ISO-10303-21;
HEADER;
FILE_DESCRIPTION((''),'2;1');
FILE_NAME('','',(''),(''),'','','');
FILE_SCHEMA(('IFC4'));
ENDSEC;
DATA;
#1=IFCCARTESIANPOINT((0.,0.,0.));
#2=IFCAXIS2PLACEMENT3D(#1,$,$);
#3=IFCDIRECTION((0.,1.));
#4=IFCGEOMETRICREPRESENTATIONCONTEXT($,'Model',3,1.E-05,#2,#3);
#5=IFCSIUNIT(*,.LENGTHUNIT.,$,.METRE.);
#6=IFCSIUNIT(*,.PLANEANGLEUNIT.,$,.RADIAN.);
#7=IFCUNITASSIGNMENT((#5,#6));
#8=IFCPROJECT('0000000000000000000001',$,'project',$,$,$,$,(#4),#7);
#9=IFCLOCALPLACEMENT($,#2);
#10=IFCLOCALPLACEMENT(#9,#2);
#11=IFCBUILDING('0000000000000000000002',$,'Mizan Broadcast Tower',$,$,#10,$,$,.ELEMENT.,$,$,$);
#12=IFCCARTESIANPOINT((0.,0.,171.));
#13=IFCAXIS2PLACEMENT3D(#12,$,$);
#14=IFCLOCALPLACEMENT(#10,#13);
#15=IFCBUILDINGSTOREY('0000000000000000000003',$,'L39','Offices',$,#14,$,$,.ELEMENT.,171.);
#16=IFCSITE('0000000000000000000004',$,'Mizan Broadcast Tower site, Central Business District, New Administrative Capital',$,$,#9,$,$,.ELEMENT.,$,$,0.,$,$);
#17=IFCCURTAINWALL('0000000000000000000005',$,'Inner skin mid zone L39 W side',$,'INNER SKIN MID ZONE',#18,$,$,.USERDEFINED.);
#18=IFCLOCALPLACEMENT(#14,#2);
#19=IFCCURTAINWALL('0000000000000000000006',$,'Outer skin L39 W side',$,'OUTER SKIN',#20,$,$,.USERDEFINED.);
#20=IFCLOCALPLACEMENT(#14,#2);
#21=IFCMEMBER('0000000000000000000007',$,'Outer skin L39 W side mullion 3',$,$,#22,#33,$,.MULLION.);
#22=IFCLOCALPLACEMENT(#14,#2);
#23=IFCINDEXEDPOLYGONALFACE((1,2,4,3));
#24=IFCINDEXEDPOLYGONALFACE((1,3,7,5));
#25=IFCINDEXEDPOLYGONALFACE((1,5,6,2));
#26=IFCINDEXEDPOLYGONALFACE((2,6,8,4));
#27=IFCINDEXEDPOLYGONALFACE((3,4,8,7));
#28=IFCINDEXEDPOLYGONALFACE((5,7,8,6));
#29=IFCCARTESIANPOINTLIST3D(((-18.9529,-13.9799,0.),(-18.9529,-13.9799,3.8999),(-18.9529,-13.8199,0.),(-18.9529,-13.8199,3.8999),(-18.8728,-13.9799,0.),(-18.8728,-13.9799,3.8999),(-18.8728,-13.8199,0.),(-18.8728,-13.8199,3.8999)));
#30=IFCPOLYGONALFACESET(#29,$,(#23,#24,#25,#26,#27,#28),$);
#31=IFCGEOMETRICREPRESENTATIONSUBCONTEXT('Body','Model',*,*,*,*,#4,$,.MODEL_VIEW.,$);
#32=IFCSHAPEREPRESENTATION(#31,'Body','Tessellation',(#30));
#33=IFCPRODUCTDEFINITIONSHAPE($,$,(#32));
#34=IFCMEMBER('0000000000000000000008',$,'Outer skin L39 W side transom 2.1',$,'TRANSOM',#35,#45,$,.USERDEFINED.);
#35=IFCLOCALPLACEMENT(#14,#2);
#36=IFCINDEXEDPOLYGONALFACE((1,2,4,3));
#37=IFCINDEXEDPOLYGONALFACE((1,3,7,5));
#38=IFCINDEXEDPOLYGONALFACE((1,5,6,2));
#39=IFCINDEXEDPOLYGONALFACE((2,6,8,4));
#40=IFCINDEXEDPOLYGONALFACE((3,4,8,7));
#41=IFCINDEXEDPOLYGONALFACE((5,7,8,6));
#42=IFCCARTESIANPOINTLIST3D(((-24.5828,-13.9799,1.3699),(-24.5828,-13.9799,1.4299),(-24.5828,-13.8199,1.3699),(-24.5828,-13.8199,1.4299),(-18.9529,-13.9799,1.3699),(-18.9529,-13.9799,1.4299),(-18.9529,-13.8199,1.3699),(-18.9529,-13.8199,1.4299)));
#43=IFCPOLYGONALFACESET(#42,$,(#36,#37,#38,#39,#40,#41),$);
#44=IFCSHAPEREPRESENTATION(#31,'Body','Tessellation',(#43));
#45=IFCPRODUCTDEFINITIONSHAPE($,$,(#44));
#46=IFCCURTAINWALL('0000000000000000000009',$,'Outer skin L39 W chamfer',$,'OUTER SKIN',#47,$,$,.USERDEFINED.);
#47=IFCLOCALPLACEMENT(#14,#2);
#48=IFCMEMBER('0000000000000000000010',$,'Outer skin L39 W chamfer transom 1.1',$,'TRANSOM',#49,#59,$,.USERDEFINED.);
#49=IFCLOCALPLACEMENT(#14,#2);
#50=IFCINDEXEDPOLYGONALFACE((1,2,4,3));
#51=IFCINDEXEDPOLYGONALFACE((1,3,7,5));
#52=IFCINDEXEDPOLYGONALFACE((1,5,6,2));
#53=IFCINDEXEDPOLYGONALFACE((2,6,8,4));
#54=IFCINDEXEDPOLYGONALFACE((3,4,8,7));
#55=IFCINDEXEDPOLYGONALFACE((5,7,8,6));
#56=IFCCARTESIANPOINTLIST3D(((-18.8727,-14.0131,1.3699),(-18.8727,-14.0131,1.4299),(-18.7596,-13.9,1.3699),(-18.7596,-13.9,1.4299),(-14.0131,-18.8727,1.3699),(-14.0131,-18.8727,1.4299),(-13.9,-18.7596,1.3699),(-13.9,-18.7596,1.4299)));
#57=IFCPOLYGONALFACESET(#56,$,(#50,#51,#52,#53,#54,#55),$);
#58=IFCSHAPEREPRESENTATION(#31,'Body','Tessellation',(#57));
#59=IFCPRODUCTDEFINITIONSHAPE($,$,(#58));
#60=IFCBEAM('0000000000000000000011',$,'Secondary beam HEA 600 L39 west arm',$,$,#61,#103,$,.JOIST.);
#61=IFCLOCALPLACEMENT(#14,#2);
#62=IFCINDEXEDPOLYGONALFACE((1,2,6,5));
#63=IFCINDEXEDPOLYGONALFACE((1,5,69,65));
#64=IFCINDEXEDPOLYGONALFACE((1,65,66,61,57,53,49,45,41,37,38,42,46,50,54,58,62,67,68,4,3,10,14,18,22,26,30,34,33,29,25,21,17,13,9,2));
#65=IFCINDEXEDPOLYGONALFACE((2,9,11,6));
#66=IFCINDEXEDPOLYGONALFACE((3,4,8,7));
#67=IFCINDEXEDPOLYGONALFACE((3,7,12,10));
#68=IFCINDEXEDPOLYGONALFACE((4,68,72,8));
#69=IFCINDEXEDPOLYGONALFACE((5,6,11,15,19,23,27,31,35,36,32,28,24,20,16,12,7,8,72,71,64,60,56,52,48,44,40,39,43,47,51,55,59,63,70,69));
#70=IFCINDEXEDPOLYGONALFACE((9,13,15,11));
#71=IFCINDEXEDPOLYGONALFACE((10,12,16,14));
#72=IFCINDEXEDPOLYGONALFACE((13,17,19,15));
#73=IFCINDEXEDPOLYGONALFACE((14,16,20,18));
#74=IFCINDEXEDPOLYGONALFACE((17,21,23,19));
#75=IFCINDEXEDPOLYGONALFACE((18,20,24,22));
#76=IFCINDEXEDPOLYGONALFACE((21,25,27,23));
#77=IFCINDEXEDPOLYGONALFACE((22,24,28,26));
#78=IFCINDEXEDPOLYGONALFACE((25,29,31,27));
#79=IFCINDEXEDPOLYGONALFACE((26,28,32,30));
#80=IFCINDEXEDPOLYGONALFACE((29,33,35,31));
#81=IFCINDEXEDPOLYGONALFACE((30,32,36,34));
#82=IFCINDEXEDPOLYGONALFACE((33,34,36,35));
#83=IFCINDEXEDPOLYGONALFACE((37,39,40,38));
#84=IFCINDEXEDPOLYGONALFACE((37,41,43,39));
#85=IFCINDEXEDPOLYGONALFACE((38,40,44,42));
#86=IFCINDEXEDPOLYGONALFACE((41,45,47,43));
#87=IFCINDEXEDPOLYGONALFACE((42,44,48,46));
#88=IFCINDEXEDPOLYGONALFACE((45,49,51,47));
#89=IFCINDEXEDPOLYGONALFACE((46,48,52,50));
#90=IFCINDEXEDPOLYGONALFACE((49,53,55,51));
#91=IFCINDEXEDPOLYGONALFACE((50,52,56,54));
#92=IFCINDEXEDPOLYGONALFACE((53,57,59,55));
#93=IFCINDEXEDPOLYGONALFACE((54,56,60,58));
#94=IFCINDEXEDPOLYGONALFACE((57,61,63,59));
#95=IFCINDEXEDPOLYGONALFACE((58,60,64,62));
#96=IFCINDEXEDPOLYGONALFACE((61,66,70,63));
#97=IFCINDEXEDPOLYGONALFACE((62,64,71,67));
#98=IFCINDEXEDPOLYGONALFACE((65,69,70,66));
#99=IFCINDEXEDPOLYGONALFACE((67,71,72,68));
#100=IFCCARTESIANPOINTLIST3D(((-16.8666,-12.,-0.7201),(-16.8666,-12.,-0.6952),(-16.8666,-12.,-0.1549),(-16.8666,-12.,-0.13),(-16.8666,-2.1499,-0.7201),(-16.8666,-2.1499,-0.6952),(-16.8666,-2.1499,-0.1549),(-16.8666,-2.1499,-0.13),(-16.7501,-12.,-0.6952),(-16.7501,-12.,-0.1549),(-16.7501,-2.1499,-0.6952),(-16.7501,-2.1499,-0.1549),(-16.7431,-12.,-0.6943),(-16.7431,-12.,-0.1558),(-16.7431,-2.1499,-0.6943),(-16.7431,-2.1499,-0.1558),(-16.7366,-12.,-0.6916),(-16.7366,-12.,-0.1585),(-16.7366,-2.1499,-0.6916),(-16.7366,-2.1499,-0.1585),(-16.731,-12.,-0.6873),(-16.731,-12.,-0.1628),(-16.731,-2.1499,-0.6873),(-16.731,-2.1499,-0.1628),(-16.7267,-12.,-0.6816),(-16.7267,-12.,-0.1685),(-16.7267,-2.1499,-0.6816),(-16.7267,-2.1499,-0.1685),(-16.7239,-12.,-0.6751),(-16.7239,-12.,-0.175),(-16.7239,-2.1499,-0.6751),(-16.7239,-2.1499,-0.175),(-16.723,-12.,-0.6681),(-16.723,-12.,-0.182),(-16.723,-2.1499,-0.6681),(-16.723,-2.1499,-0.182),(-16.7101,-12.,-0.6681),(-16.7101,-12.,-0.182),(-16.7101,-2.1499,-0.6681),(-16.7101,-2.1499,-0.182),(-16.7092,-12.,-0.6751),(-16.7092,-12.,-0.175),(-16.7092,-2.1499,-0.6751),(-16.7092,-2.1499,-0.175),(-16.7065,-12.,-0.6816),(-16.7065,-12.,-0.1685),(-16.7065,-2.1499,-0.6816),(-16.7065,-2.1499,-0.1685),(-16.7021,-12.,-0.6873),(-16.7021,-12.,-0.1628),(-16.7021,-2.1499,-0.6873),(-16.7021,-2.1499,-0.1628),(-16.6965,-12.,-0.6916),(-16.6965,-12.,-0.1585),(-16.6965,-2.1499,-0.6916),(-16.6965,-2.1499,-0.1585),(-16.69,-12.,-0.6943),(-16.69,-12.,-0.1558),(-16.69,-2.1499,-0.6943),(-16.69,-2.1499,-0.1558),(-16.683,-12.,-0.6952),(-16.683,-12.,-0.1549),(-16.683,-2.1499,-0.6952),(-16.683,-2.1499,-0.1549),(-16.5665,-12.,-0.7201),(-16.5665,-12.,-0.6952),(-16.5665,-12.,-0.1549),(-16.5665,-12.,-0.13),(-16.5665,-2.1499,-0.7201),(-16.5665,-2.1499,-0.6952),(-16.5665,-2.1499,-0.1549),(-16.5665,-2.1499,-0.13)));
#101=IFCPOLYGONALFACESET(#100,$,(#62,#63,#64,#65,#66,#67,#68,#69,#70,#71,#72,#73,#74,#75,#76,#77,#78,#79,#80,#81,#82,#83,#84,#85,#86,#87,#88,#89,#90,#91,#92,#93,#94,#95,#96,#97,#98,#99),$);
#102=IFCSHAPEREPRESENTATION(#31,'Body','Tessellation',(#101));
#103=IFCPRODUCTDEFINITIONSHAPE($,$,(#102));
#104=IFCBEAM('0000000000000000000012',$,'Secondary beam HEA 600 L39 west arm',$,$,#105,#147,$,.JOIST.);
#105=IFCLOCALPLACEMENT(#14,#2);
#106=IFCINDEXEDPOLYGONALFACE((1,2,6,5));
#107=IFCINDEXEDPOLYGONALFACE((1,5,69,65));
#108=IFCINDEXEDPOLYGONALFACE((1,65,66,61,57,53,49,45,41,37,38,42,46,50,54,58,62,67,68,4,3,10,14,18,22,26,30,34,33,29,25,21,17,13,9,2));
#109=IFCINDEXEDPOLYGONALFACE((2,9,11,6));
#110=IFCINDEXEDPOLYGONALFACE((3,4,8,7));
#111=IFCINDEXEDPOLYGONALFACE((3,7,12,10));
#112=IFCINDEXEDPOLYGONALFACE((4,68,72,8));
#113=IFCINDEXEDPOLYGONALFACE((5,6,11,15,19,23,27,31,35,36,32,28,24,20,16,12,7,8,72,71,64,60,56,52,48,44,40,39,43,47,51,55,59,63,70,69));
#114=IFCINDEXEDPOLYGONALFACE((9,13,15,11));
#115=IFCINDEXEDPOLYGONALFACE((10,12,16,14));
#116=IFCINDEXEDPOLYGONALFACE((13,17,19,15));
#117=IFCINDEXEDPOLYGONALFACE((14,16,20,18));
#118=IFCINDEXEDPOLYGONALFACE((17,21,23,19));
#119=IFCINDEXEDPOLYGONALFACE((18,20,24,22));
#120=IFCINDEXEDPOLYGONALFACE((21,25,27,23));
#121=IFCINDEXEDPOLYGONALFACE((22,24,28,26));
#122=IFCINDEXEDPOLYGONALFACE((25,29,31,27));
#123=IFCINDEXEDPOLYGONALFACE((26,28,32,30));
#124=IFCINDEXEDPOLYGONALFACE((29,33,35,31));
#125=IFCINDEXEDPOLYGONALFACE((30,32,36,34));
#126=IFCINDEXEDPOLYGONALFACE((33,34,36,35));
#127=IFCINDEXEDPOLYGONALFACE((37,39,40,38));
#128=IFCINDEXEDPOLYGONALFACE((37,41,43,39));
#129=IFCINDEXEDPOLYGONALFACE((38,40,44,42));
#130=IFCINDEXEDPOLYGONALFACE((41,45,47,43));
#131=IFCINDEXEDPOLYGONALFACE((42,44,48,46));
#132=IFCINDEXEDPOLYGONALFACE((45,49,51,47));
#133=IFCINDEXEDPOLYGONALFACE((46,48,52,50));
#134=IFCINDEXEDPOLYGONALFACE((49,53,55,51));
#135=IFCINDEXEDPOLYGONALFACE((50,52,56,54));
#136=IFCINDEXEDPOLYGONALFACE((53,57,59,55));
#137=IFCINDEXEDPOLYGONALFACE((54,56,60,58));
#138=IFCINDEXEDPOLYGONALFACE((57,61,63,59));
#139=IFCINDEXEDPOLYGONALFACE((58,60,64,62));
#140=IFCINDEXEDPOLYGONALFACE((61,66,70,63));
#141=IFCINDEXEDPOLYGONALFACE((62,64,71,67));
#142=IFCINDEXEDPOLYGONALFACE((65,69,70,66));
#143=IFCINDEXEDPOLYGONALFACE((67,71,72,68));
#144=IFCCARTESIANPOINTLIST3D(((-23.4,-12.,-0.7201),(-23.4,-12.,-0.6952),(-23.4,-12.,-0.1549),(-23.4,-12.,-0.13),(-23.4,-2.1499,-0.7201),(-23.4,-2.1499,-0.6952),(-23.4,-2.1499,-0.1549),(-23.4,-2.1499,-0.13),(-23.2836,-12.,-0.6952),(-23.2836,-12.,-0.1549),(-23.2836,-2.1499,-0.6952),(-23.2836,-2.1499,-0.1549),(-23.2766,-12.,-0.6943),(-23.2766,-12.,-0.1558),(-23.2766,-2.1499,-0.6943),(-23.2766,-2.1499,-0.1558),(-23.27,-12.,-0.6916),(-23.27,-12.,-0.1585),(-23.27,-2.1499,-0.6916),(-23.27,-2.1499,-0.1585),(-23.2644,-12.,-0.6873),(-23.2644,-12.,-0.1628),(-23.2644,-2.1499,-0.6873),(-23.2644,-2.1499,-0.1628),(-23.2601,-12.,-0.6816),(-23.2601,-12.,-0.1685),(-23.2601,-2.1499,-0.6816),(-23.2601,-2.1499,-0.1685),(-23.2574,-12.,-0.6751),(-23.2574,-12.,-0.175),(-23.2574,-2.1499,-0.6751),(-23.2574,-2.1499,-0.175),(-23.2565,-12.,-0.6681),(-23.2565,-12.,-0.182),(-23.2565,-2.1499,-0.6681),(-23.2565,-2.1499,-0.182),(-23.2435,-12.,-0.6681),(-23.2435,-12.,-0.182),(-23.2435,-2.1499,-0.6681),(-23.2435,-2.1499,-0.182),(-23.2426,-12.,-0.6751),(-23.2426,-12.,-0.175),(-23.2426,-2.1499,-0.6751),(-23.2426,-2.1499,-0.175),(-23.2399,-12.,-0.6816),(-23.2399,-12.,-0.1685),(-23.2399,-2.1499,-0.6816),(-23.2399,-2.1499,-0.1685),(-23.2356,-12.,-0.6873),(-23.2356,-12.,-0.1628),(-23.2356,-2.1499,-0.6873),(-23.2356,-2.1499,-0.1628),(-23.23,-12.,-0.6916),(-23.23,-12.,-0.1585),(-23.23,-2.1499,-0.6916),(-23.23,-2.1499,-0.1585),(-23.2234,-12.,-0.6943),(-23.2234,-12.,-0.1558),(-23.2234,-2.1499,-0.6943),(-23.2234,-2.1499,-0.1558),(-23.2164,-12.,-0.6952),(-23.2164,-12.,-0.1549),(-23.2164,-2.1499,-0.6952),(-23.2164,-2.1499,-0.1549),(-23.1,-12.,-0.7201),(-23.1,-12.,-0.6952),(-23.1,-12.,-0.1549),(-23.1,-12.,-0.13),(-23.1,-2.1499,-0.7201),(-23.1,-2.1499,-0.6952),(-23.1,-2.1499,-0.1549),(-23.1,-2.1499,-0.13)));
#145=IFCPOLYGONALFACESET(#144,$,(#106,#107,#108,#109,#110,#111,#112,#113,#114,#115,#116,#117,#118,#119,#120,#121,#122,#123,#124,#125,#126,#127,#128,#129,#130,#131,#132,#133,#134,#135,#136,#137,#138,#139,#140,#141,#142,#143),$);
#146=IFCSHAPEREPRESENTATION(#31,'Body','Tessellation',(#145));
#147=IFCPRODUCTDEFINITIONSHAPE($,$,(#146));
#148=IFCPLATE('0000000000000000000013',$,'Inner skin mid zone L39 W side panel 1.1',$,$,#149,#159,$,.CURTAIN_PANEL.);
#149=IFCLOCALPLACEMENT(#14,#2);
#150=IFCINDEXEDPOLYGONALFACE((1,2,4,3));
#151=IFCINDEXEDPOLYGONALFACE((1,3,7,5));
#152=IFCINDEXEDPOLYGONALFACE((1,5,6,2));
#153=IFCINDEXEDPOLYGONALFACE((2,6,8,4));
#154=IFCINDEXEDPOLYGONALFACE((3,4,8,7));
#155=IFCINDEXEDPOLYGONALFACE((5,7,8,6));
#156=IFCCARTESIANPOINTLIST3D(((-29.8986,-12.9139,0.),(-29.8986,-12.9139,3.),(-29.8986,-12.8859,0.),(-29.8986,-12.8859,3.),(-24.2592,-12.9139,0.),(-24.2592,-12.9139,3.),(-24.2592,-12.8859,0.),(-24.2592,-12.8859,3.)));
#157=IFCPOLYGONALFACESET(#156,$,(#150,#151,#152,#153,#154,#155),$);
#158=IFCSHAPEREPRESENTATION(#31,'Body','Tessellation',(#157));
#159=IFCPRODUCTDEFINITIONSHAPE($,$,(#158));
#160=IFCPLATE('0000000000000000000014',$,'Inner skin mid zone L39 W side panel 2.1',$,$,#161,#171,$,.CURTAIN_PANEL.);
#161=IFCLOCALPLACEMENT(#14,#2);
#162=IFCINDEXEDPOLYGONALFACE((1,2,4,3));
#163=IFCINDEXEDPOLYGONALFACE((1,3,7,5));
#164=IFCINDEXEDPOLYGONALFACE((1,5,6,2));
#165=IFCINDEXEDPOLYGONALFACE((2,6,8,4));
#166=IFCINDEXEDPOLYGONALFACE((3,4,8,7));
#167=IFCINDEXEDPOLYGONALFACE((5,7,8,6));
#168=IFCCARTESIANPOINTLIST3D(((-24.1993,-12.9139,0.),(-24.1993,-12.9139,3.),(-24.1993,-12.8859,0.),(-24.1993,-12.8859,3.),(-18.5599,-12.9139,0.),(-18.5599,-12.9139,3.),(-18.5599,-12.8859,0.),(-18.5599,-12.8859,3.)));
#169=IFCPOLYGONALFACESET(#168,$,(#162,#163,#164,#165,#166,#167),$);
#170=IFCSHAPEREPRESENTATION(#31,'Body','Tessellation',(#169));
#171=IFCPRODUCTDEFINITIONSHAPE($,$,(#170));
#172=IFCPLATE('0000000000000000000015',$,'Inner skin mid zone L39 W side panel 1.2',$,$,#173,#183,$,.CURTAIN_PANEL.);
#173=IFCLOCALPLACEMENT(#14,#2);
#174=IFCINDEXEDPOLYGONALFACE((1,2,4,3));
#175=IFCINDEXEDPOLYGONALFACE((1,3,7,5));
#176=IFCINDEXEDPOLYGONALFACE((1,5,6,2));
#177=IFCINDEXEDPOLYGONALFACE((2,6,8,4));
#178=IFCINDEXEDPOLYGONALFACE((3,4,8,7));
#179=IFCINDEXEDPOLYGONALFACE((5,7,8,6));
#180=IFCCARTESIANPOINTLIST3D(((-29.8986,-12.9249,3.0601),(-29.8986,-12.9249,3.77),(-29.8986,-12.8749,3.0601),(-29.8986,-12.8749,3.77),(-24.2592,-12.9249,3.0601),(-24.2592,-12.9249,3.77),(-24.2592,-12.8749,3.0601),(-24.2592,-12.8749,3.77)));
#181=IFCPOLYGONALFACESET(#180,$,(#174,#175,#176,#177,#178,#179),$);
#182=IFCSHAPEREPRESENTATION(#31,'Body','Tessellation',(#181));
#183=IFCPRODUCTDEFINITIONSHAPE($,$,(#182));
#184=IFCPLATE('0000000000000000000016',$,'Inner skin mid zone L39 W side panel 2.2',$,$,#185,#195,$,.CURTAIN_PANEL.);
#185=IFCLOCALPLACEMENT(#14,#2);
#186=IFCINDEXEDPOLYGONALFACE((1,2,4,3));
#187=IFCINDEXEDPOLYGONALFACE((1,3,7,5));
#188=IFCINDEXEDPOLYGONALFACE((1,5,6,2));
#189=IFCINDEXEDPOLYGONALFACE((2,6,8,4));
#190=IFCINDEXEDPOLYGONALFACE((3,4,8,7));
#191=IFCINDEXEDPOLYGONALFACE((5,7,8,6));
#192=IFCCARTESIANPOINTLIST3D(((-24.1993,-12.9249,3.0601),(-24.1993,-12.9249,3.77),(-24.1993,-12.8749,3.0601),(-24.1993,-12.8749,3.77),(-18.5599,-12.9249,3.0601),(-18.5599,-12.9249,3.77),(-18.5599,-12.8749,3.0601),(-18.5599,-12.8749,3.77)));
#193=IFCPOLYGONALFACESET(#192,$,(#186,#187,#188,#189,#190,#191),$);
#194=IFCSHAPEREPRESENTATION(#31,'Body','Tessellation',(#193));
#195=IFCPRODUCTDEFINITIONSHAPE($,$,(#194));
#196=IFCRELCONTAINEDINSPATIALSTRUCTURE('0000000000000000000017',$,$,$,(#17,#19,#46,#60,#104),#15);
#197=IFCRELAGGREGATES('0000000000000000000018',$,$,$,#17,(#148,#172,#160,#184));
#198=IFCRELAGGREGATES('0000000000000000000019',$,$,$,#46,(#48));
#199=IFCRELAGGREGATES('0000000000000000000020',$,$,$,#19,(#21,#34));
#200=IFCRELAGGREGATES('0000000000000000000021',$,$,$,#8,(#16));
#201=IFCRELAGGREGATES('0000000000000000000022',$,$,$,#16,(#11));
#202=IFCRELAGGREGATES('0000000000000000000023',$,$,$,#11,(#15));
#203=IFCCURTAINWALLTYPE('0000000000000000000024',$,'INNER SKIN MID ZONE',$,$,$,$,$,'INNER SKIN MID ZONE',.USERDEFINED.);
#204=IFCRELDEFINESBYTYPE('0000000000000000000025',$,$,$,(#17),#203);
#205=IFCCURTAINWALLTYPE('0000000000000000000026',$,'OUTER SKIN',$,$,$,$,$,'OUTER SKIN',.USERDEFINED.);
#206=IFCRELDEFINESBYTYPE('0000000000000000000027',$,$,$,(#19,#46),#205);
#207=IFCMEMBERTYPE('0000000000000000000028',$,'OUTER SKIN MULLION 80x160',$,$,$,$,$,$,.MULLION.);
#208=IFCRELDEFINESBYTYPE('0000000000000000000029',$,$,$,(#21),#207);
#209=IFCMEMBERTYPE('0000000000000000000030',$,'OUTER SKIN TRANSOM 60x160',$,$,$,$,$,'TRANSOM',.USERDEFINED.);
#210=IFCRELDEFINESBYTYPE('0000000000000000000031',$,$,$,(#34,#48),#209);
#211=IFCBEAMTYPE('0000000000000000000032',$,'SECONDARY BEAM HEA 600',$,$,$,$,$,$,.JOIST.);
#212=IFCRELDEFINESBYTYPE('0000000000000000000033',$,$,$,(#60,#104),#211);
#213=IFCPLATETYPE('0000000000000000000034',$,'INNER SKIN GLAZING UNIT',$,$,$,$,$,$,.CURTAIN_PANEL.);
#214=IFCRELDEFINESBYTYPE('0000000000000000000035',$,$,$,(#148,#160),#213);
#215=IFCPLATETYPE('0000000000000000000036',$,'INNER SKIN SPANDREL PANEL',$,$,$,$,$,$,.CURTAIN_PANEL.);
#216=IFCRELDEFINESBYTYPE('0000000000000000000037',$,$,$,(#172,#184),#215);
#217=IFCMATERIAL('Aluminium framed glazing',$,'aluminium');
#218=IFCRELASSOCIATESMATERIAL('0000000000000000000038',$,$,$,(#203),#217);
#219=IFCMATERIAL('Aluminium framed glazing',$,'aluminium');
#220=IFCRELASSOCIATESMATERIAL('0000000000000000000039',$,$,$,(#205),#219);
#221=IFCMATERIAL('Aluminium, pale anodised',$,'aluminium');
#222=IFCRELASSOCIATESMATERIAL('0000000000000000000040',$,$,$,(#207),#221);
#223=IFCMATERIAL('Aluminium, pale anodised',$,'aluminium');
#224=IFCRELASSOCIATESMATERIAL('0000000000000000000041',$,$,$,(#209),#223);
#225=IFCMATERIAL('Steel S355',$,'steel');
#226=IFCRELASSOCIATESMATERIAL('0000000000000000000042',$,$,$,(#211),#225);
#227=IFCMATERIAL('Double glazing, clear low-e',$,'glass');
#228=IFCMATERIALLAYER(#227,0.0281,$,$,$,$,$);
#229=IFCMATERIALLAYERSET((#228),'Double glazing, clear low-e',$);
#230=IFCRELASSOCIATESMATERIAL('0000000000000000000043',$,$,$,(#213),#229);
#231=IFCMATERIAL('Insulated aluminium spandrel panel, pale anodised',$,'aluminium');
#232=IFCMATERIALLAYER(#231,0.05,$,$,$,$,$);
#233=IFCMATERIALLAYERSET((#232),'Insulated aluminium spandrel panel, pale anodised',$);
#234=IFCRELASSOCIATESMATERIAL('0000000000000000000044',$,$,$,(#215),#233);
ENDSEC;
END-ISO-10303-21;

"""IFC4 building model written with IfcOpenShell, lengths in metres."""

from ifc_helpers import new_model, si_unit, direction, frame, origin, origin_2d, place, context, subcontext, project, spatial, rectangle, i_section, extrude, material, layer, layer_set, material_profile, profile_set, type_object, element, aggregate, save


model = new_model("IFC4")

# Units and contexts
model_context = context("Model", 3, precision=1e-05, world=origin(), true_north=direction((0.0, 1.0)))
body_context = subcontext(model_context, "Body", "Model", "MODEL_VIEW")
ifc_project = project(units=[si_unit("LENGTHUNIT", "METRE"), si_unit("PLANEANGLEUNIT", "RADIAN")], contexts=[model_context])

# Site, building, storey
site_placement = place(None, origin())
site = spatial("IfcSite", under=ifc_project, at=site_placement, Name="Mizan Broadcast Tower site, Central Business District, New Administrative Capital", CompositionType="ELEMENT", RefElevation=0.0)
building_placement = place(site_placement, origin())
building = spatial("IfcBuilding", under=site, at=building_placement, Name="Mizan Broadcast Tower", CompositionType="ELEMENT")
storey_placement = place(building_placement, frame((0.0, 0.0, 171.0)))
storey = spatial("IfcBuildingStorey", under=building, at=storey_placement, Name="L39", Description="Offices", CompositionType="ELEMENT", Elevation=171.0)

# Curtain walls, members
ifc_material_1 = material(Name="Aluminium framed glazing", Category="aluminium")
curtain_wall_type_1 = type_object("IfcCurtainWallType", Name="INNER SKIN MID ZONE", ElementType="INNER SKIN MID ZONE", PredefinedType="USERDEFINED", material=ifc_material_1)
curtain_wall_1_placement = place(storey_placement, origin())
curtain_wall_1 = element("IfcCurtainWall", 1, at=curtain_wall_1_placement, inside=storey, type_object=curtain_wall_type_1, Name="Inner skin mid zone L39 W side", ObjectType="INNER SKIN MID ZONE", PredefinedType="USERDEFINED")
ifc_material_2 = material(Name="Aluminium framed glazing", Category="aluminium")
curtain_wall_type_2 = type_object("IfcCurtainWallType", Name="OUTER SKIN", ElementType="OUTER SKIN", PredefinedType="USERDEFINED", material=ifc_material_2)
curtain_wall_2_placement = place(storey_placement, origin())
curtain_wall_2 = element("IfcCurtainWall", 2, at=curtain_wall_2_placement, inside=storey, type_object=curtain_wall_type_2, Name="Outer skin L39 W side", ObjectType="OUTER SKIN", PredefinedType="USERDEFINED")
ifc_material_3 = material(Name="Aluminium, pale anodised", Category="aluminium")
ifc_material_profile_1 = material_profile(ifc_material_3, rectangle(XDim=0.1599, YDim=0.0801, at=origin_2d()), Name="MULLION 160x80")
ifc_profile_set_1 = profile_set([ifc_material_profile_1], Name="Aluminium, pale anodised")
member_type_1 = type_object("IfcMemberType", Name="OUTER SKIN MULLION 80x160", PredefinedType="MULLION", material=ifc_profile_set_1)
member_1_placement = place(storey_placement, frame((-18.9128, -13.8999, 0.0), z_axis=(0.0, 0.0, 1.0), x_axis=(0.0, 1.0, 0.0)))
member_1 = element("IfcMember", 3, at=member_1_placement, type_object=member_type_1, Name="Outer skin L39 W side mullion 3", PredefinedType="MULLION", context=body_context, shape_type="SweptSolid", body=[
    extrude(rectangle(XDim=0.1599, YDim=0.0801, at=origin_2d()), origin(), (0.0, 0.0, 1.0), 3.8999),
])
ifc_material_4 = material(Name="Aluminium, pale anodised", Category="aluminium")
ifc_material_profile_2 = material_profile(ifc_material_4, rectangle(XDim=0.1599, YDim=0.0601, at=origin_2d()), Name="TRANSOM 160x60")
ifc_profile_set_2 = profile_set([ifc_material_profile_2], Name="Aluminium, pale anodised")
member_type_2 = type_object("IfcMemberType", Name="OUTER SKIN TRANSOM 60x160", ElementType="TRANSOM", PredefinedType="USERDEFINED", material=ifc_profile_set_2)
member_2_placement = place(storey_placement, frame((-24.5828, -13.8999, 1.3999), z_axis=(1.0, 0.0, 0.0), x_axis=(0.0, 1.0, 0.0)))
member_2 = element("IfcMember", 4, at=member_2_placement, type_object=member_type_2, Name="Outer skin L39 W side transom 2.1", ObjectType="TRANSOM", PredefinedType="USERDEFINED", context=body_context, shape_type="SweptSolid", body=[
    extrude(rectangle(XDim=0.1599, YDim=0.0601, at=origin_2d()), origin(), (0.0, 0.0, 1.0), 5.6299),
])

# Curtain wall, member
curtain_wall_3_placement = place(storey_placement, origin())
curtain_wall_3 = element("IfcCurtainWall", 5, at=curtain_wall_3_placement, inside=storey, type_object=curtain_wall_type_2, Name="Outer skin L39 W chamfer", ObjectType="OUTER SKIN", PredefinedType="USERDEFINED")
member_3_placement = place(storey_placement, frame((-18.8162, -13.9565, 1.3999), z_axis=(0.707107, -0.707107, 0.0), x_axis=(0.707107, 0.707107, 0.0)))
member_3 = element("IfcMember", 6, at=member_3_placement, type_object=member_type_2, Name="Outer skin L39 W chamfer transom 1.1", ObjectType="TRANSOM", PredefinedType="USERDEFINED", context=body_context, shape_type="SweptSolid", body=[
    extrude(rectangle(XDim=0.1599, YDim=0.0601, at=origin_2d()), origin(), (0.0, 0.0, 1.0), 6.8726),
])

# Beams
ifc_material_5 = material(Name="Steel S355", Category="steel")
ifc_material_profile_3 = material_profile(ifc_material_5, i_section(OverallWidth=0.3, OverallDepth=0.5901, WebThickness=0.0129, FlangeThickness=0.0249, FilletRadius=0.0271, at=origin_2d()), Name="HEA 600")
ifc_profile_set_3 = profile_set([ifc_material_profile_3], Name="Steel S355")
beam_type_1 = type_object("IfcBeamType", Name="SECONDARY BEAM HEA 600", PredefinedType="JOIST", material=ifc_profile_set_3)
for number, where, z_axis, x_axis, name in (
    (7, (-16.7166, -12.0, -0.425), (0.0, 1.0, 0.0), (-1.0, 0.0, 0.0), "Secondary beam HEA 600 L39 west arm"),
    (8, (-23.25, -12.0, -0.425), (0.0, 1.0, 0.0), (-1.0, 0.0, 0.0), "Secondary beam HEA 600 L39 west arm"),
):
    element("IfcBeam", number, at=place(storey_placement, frame(where, z_axis=z_axis, x_axis=x_axis)), inside=storey, type_object=beam_type_1, Name=name, PredefinedType="JOIST", context=body_context, shape_type="SweptSolid", body=[
        extrude(i_section(OverallWidth=0.3, OverallDepth=0.5901, WebThickness=0.0129, FlangeThickness=0.0249, FilletRadius=0.0271, at=origin_2d()), origin(), (0.0, 0.0, 1.0), 9.8501),
    ])

# Plates
ifc_material_6 = material(Name="Double glazing, clear low-e", Category="glass")
ifc_layer_1 = layer(ifc_material_6, 0.0281)
ifc_layer_set_1 = layer_set([ifc_layer_1], Name="Double glazing, clear low-e")
plate_type_1 = type_object("IfcPlateType", Name="INNER SKIN GLAZING UNIT", PredefinedType="CURTAIN_PANEL", material=ifc_layer_set_1)
plate_1_placement = place(storey_placement, frame((-27.0789, -12.8999, 0.0), z_axis=(0.0, 0.0, 1.0), x_axis=(1.0, 0.0, 0.0)))
plate_1 = element("IfcPlate", 9, at=plate_1_placement, type_object=plate_type_1, Name="Inner skin mid zone L39 W side panel 1.1", PredefinedType="CURTAIN_PANEL", context=body_context, shape_type="SweptSolid", body=[
    extrude(rectangle(XDim=5.6394, YDim=0.0281, at=origin_2d()), origin(), (0.0, 0.0, 1.0), 3.0),
])
plate_2_placement = place(storey_placement, frame((-21.3796, -12.8999, 0.0), z_axis=(0.0, 0.0, 1.0), x_axis=(1.0, 0.0, 0.0)))
plate_2 = element("IfcPlate", 10, at=plate_2_placement, type_object=plate_type_1, Name="Inner skin mid zone L39 W side panel 2.1", PredefinedType="CURTAIN_PANEL", context=body_context, shape_type="SweptSolid", body=[
    extrude(rectangle(XDim=5.6394, YDim=0.0281, at=origin_2d()), origin(), (0.0, 0.0, 1.0), 3.0),
])
ifc_material_7 = material(Name="Insulated aluminium spandrel panel, pale anodised", Category="aluminium")
ifc_layer_2 = layer(ifc_material_7, 0.05)
ifc_layer_set_2 = layer_set([ifc_layer_2], Name="Insulated aluminium spandrel panel, pale anodised")
plate_type_2 = type_object("IfcPlateType", Name="INNER SKIN SPANDREL PANEL", PredefinedType="CURTAIN_PANEL", material=ifc_layer_set_2)
plate_3_placement = place(storey_placement, frame((-27.0789, -12.8999, 3.0601), z_axis=(0.0, 0.0, 1.0), x_axis=(1.0, 0.0, 0.0)))
plate_3 = element("IfcPlate", 11, at=plate_3_placement, type_object=plate_type_2, Name="Inner skin mid zone L39 W side panel 1.2", PredefinedType="CURTAIN_PANEL", context=body_context, shape_type="SweptSolid", body=[
    extrude(rectangle(XDim=5.6394, YDim=0.05, at=origin_2d()), origin(), (0.0, 0.0, 1.0), 0.71),
])
plate_4_placement = place(storey_placement, frame((-21.3796, -12.8999, 3.0601), z_axis=(0.0, 0.0, 1.0), x_axis=(1.0, 0.0, 0.0)))
plate_4 = element("IfcPlate", 12, at=plate_4_placement, type_object=plate_type_2, Name="Inner skin mid zone L39 W side panel 2.2", PredefinedType="CURTAIN_PANEL", context=body_context, shape_type="SweptSolid", body=[
    extrude(rectangle(XDim=5.6394, YDim=0.05, at=origin_2d()), origin(), (0.0, 0.0, 1.0), 0.71),
])
aggregate(curtain_wall_1, [plate_1, plate_3, plate_2, plate_4])
aggregate(curtain_wall_3, [member_3])
aggregate(curtain_wall_2, [member_1, member_2])

save(model, "model.ifc")
